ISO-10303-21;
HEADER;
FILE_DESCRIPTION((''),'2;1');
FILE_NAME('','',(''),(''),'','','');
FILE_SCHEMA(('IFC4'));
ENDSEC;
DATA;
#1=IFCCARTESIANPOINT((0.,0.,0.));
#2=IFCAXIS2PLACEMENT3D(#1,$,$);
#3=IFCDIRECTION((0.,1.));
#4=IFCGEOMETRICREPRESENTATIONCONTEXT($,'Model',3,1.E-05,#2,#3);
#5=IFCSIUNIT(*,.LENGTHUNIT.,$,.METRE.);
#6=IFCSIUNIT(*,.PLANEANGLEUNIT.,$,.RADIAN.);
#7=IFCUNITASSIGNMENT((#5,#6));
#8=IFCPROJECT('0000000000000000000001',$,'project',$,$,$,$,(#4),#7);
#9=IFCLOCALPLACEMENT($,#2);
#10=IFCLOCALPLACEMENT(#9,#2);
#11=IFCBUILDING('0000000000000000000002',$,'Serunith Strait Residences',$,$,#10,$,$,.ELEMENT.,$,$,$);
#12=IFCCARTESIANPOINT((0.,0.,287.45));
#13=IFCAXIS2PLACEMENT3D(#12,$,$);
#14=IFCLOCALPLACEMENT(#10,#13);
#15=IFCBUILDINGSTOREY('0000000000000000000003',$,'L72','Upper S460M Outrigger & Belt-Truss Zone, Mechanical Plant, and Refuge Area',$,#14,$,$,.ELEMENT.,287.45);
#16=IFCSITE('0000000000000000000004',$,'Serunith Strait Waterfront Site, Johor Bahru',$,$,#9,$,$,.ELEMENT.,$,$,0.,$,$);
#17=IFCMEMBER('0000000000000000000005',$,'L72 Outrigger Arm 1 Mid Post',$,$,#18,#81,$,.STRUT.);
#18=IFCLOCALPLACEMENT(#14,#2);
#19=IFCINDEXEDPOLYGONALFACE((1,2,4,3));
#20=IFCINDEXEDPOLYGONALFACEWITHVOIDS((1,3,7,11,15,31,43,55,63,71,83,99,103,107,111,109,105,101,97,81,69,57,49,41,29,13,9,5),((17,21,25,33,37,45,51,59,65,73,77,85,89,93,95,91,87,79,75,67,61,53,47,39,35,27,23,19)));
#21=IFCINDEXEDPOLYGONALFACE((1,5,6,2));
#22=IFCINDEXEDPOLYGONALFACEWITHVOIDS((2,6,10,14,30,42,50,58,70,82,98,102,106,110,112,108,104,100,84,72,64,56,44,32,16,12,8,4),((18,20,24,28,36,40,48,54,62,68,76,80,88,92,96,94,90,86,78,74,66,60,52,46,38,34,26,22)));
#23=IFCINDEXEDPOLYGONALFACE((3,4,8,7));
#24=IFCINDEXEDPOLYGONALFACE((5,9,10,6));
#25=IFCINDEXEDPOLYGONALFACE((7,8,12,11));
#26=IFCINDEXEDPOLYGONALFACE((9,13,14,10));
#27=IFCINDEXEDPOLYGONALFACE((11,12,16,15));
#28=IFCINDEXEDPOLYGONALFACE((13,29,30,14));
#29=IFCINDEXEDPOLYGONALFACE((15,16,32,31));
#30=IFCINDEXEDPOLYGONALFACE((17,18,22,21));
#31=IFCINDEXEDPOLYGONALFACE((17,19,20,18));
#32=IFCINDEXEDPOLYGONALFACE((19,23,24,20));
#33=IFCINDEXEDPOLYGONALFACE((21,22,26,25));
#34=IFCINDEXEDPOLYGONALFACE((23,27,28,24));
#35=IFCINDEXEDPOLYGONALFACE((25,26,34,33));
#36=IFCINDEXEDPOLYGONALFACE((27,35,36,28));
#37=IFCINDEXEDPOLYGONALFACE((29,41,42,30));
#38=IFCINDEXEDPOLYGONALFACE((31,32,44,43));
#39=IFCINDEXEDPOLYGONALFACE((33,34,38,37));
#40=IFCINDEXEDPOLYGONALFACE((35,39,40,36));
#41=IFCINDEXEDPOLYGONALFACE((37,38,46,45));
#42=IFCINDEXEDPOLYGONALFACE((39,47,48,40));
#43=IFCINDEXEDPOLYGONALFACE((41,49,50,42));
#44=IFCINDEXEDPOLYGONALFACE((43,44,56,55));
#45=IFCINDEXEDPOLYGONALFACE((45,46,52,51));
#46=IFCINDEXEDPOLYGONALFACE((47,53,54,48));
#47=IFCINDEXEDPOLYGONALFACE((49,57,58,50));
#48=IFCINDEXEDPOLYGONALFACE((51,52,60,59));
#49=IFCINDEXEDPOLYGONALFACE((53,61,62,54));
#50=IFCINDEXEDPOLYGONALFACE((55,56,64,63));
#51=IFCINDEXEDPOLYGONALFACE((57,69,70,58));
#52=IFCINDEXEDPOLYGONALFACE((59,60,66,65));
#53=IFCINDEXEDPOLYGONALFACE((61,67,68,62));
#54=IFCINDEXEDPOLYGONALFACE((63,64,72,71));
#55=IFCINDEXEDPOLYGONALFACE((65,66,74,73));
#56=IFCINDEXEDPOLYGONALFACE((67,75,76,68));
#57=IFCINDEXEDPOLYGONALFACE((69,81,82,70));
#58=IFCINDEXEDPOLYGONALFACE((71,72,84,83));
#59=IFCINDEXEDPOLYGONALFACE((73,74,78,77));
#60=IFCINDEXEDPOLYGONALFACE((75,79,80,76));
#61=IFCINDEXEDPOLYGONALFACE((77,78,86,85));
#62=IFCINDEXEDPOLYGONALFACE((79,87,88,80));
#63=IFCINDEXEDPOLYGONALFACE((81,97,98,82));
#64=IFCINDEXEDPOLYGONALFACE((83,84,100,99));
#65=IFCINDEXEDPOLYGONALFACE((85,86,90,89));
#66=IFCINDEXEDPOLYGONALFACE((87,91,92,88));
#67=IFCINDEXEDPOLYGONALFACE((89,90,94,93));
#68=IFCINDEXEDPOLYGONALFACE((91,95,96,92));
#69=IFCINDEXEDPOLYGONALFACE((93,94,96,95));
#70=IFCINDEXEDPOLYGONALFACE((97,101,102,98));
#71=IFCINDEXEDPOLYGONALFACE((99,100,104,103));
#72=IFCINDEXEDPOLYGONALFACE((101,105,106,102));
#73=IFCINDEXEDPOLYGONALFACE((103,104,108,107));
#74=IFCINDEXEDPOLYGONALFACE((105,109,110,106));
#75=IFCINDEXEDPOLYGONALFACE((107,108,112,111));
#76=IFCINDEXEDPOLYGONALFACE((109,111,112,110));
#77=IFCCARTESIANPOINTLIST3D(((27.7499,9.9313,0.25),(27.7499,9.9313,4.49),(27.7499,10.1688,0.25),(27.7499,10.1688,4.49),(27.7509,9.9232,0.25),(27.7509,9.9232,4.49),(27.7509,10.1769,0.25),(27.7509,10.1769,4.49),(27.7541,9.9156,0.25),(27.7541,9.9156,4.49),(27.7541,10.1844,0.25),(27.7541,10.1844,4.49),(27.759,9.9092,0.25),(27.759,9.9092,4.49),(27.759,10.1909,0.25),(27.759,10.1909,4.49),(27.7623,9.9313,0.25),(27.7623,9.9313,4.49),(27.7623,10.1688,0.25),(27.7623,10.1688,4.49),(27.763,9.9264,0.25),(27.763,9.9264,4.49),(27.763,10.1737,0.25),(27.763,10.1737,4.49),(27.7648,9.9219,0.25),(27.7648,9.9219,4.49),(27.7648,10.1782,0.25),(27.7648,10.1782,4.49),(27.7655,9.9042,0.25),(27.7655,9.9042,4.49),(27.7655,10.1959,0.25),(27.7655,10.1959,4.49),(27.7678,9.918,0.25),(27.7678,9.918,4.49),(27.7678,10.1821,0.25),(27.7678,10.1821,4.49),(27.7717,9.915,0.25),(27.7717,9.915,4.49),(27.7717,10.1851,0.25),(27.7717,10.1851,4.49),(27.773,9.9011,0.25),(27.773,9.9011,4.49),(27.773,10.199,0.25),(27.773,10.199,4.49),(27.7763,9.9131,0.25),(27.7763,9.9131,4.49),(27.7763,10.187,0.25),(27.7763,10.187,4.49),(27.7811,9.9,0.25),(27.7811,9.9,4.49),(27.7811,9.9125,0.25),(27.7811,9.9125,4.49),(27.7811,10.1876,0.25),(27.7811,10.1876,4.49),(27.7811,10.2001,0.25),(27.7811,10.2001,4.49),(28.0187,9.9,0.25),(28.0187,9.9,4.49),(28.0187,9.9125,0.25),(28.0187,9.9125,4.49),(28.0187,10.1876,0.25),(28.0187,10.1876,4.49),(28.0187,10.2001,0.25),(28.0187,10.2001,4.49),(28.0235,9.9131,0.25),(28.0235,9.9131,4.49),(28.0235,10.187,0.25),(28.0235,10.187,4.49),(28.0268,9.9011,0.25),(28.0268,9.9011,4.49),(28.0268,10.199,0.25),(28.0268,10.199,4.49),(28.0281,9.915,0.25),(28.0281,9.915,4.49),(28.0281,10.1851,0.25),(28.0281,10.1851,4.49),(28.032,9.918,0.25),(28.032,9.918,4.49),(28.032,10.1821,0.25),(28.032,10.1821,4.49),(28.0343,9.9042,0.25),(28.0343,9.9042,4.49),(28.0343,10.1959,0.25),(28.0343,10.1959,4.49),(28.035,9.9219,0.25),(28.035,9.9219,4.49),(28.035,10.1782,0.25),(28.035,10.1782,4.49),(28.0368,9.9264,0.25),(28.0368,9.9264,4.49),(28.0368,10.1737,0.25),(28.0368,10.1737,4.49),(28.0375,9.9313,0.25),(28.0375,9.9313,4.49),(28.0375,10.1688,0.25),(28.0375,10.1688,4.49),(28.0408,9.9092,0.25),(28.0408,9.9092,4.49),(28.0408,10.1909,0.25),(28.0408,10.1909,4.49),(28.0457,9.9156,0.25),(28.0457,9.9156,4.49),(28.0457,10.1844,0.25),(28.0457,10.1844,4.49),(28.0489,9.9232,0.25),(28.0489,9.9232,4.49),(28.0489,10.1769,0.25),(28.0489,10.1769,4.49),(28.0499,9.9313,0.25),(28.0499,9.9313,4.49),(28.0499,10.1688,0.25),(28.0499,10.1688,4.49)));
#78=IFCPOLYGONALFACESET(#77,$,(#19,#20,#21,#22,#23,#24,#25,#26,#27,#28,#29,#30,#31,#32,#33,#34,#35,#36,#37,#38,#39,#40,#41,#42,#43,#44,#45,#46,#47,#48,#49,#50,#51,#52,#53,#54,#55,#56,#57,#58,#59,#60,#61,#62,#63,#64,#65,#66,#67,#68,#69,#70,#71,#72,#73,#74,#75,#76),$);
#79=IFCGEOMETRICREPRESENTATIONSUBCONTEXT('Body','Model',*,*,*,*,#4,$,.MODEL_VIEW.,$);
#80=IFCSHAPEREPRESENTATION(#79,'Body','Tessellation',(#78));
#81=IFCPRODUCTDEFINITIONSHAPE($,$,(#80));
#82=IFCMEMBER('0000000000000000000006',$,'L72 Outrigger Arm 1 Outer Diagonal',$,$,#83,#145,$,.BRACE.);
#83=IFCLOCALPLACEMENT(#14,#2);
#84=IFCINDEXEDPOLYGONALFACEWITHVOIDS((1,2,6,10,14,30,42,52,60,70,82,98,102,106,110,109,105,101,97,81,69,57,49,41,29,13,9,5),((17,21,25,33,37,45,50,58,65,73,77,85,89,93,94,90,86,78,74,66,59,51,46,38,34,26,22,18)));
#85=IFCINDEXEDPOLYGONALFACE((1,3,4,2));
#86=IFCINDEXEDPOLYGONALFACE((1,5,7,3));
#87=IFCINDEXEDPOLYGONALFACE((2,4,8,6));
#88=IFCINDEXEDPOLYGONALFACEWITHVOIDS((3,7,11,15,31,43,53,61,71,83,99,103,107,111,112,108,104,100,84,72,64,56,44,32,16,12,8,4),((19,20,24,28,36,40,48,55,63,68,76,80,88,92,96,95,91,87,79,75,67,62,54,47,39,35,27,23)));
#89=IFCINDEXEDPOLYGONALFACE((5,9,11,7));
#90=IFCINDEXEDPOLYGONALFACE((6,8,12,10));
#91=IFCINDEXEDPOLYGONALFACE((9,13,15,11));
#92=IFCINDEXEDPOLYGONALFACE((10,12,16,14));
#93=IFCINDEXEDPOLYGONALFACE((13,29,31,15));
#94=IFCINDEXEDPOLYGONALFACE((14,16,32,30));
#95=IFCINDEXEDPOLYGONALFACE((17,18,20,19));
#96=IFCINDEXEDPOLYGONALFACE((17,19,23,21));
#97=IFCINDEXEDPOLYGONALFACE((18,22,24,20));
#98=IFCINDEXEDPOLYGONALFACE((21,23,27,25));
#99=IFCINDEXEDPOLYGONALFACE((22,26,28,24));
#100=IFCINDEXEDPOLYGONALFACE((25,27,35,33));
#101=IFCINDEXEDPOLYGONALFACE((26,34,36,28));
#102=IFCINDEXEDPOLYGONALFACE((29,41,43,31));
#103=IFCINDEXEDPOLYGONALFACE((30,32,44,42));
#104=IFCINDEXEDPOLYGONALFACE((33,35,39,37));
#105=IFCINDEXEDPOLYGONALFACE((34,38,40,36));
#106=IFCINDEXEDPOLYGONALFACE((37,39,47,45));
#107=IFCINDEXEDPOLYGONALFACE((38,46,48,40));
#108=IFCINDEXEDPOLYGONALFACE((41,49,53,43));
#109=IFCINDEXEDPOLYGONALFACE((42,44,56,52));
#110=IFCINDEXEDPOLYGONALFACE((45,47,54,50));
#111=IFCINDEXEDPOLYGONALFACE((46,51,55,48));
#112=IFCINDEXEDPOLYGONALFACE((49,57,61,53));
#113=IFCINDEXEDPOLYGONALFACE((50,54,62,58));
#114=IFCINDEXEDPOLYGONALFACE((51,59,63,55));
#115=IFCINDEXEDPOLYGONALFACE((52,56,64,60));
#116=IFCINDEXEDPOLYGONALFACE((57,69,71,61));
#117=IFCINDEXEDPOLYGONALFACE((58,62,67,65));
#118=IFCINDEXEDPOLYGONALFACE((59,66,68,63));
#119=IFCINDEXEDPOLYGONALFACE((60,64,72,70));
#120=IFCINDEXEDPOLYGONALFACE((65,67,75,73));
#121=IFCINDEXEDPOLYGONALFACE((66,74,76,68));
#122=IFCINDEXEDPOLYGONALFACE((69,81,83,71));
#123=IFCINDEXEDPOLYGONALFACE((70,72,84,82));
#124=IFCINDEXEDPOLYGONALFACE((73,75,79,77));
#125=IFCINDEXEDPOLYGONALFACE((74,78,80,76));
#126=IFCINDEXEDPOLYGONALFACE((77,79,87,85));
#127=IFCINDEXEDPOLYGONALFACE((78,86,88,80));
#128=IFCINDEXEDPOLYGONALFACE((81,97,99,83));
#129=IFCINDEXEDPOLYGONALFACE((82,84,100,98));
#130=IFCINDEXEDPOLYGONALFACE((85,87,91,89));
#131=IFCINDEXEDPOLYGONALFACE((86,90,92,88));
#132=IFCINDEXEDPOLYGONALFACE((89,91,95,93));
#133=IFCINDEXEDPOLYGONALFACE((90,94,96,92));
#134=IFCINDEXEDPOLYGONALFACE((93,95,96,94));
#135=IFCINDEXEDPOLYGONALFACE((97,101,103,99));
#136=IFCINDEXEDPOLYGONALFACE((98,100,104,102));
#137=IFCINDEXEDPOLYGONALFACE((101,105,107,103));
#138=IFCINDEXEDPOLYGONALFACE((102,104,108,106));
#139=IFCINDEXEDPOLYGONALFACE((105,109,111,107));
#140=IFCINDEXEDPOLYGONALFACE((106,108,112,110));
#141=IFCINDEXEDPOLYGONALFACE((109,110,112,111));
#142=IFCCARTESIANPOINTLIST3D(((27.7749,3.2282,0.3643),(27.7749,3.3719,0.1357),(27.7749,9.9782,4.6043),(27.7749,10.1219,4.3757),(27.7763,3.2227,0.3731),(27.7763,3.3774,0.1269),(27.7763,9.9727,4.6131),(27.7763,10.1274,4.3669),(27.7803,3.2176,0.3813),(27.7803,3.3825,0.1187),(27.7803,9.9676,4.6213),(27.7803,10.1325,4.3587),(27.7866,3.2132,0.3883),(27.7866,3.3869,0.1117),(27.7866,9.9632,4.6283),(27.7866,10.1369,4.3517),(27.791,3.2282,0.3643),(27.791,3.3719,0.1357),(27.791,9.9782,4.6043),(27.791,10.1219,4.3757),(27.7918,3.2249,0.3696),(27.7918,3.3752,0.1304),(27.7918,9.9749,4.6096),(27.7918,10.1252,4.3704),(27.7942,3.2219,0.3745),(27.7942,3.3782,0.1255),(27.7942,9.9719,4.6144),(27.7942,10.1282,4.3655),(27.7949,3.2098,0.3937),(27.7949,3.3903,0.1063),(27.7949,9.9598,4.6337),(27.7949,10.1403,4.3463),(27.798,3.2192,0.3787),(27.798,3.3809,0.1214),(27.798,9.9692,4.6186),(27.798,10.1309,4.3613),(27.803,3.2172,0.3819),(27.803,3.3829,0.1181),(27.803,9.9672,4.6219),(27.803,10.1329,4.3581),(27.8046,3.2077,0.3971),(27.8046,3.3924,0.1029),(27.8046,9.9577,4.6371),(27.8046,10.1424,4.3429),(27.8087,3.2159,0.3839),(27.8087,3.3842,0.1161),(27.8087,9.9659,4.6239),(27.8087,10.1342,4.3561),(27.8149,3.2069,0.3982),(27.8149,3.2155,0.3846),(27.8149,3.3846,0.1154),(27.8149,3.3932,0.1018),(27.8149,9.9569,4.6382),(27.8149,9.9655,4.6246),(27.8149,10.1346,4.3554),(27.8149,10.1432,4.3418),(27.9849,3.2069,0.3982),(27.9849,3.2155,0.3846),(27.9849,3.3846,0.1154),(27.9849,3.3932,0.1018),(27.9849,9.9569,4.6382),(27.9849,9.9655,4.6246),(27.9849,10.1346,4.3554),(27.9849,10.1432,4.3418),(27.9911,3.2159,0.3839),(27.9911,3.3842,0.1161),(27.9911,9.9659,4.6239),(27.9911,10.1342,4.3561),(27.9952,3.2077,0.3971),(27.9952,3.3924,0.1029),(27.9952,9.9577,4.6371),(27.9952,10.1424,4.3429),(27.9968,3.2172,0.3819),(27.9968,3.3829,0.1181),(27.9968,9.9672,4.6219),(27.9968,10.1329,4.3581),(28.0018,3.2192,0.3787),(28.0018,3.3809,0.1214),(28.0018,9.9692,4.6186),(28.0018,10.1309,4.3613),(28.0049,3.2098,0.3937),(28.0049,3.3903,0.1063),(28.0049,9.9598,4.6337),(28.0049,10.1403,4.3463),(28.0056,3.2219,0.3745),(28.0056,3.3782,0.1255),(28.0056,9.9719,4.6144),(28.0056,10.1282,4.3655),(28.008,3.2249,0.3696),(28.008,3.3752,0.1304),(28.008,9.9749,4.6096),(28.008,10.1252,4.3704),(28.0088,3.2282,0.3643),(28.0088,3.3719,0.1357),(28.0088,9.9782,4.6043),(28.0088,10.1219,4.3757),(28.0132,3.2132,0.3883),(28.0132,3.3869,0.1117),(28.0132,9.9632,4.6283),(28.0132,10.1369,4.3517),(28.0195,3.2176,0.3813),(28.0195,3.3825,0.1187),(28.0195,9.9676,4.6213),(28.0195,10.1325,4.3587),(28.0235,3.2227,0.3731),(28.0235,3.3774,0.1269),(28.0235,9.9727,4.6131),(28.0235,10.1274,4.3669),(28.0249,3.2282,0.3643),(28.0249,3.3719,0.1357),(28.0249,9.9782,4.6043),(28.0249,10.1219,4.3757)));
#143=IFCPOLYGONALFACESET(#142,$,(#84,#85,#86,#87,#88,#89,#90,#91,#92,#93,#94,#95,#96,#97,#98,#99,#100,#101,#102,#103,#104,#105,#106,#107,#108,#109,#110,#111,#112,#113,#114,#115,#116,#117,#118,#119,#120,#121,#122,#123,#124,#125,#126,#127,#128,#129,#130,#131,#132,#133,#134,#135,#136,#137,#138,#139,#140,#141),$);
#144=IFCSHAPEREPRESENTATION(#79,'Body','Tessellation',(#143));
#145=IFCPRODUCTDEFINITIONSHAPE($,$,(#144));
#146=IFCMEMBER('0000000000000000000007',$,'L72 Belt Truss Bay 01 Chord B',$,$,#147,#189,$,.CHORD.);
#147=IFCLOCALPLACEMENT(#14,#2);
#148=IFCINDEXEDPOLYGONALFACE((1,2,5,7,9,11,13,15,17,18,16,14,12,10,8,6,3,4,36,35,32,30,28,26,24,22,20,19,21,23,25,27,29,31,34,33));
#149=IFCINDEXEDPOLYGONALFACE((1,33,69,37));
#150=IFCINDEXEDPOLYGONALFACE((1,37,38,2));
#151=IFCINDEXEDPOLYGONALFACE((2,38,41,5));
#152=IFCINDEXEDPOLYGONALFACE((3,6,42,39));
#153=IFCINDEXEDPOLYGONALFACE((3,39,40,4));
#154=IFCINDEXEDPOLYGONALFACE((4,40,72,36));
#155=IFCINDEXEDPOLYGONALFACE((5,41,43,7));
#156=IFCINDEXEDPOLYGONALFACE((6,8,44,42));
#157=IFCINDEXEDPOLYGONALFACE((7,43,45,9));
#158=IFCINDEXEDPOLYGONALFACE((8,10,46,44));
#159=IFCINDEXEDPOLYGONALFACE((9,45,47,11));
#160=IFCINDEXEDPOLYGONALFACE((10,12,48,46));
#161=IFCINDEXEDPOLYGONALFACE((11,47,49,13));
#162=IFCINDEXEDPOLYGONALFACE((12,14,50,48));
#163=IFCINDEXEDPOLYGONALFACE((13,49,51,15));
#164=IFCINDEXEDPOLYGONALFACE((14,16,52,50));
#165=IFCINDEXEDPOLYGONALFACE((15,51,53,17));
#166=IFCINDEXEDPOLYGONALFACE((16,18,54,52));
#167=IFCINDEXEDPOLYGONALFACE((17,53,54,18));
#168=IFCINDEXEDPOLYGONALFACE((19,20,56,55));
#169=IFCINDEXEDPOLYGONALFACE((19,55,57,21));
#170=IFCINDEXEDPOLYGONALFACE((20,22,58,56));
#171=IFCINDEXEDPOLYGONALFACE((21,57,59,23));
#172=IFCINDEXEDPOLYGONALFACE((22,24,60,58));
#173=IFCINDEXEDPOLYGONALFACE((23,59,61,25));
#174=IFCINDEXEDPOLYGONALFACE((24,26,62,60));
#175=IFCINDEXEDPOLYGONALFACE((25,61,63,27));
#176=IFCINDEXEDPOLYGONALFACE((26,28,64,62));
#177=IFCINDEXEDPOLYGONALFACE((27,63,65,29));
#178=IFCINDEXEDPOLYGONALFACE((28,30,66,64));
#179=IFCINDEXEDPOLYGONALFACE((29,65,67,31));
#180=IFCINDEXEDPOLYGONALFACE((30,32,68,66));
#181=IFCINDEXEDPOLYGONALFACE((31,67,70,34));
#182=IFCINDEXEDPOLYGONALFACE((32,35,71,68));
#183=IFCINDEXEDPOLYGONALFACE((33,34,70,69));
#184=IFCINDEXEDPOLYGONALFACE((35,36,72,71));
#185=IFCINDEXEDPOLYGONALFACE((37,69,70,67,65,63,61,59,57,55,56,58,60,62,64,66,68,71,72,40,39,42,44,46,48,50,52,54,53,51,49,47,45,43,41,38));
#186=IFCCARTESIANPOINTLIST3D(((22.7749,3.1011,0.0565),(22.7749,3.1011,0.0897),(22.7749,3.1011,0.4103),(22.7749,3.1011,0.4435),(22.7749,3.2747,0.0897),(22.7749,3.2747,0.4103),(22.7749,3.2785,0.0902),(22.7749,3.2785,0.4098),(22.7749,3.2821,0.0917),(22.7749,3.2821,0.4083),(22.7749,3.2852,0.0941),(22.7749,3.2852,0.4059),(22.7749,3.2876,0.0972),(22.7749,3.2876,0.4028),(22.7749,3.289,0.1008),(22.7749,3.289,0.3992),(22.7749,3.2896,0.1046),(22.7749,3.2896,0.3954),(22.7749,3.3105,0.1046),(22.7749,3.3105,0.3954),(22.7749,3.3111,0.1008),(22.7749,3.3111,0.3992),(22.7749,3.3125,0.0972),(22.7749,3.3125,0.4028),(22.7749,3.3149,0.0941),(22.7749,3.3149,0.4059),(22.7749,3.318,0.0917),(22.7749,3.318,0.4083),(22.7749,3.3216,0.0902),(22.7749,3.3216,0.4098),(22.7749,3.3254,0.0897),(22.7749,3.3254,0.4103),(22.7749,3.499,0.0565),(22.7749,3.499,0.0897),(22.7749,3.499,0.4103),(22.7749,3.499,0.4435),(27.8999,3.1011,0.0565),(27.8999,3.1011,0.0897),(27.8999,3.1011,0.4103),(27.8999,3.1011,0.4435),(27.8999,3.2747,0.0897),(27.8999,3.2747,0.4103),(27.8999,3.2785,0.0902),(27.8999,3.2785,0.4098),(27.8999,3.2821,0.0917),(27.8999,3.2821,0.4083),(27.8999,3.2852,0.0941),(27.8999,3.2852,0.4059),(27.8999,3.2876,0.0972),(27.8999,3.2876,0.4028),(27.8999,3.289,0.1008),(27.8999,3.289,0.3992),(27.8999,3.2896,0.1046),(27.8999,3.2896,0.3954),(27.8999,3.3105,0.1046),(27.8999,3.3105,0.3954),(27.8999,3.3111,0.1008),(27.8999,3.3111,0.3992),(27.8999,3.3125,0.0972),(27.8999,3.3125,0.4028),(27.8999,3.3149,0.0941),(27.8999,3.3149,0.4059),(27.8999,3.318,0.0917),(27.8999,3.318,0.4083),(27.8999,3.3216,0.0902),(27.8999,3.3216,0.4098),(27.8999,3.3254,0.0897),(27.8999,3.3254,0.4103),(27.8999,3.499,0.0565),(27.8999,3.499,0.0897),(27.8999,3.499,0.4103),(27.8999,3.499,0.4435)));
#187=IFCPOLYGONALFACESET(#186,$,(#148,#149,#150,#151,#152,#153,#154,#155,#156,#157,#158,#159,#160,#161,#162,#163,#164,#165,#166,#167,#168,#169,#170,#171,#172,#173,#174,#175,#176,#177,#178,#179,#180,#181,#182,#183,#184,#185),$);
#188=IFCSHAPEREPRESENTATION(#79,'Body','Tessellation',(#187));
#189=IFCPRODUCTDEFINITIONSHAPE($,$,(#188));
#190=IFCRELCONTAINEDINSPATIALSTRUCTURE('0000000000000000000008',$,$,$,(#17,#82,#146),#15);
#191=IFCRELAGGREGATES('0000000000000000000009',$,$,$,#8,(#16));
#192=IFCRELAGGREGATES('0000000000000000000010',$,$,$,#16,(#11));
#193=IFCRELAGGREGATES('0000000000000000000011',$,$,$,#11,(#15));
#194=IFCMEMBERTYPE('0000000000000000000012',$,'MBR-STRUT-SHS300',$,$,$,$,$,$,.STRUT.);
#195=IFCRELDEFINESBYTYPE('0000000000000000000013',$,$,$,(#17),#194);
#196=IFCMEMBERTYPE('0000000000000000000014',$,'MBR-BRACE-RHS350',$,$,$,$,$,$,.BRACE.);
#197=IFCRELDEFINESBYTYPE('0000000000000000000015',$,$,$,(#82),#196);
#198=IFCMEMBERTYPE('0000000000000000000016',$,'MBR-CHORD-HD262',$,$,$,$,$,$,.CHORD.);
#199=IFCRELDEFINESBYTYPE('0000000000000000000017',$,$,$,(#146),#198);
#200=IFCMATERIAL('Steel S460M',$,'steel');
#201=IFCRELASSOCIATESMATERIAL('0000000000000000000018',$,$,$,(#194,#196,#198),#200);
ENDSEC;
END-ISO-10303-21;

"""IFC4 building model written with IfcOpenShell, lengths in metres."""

from ifc_helpers import new_model, si_unit, direction, frame, origin, origin_2d, place, context, subcontext, project, spatial, hollow_rectangle, i_section, extrude, source, transform, mapped, material, material_profile, profile_set, type_object, element, save


model = new_model("IFC4")

# Units and contexts
model_context = context("Model", 3, precision=1e-05, world=origin(), true_north=direction((0.0, 1.0)))
body_context = subcontext(model_context, "Body", "Model", "MODEL_VIEW")
ifc_project = project(units=[si_unit("LENGTHUNIT", "METRE"), si_unit("PLANEANGLEUNIT", "RADIAN")], contexts=[model_context])

# Site, building, storey
site_placement = place(None, origin())
site = spatial("IfcSite", under=ifc_project, at=site_placement, Name="Serunith Strait Waterfront Site, Johor Bahru", CompositionType="ELEMENT", RefElevation=0.0)
building_placement = place(site_placement, origin())
building = spatial("IfcBuilding", under=site, at=building_placement, Name="Serunith Strait Residences", CompositionType="ELEMENT")
storey_placement = place(building_placement, frame((0.0, 0.0, 287.45)))
storey = spatial("IfcBuildingStorey", under=building, at=storey_placement, Name="L72", Description="Upper S460M Outrigger & Belt-Truss Zone, Mechanical Plant, and Refuge Area", CompositionType="ELEMENT", Elevation=287.45)

# Members
ifc_material_1 = material(Name="Steel S460M", Category="steel")
ifc_material_profile_1 = material_profile(ifc_material_1, hollow_rectangle(XDim=0.3, YDim=0.3, WallThickness=0.0125, InnerFilletRadius=0.0188, OuterFilletRadius=0.0312, at=origin_2d()), Name="SHS 300x300x12.5")
ifc_profile_set_1 = profile_set([ifc_material_profile_1], Name="Steel S460M")
member_type_1 = type_object("IfcMemberType", Name="MBR-STRUT-SHS300", PredefinedType="STRUT", material=ifc_profile_set_1)
shared_shape_1 = source(origin(), body_context, "Body", "SweptSolid", [
    extrude(hollow_rectangle(XDim=0.3, YDim=0.3, WallThickness=0.0125, InnerFilletRadius=0.0188, OuterFilletRadius=0.0312, at=origin_2d()), origin(), (0.0, 0.0, 1.0), 4.24),
])
member_1_placement = place(storey_placement, frame((27.8999, 10.05, 0.25), z_axis=(0.0, 0.0, 1.0), x_axis=(1.0, 0.0, 0.0)))
element("IfcMember", 1, at=member_1_placement, inside=storey, type_object=member_type_1, Name="L72 Outrigger Arm 1 Mid Post", PredefinedType="STRUT", context=body_context, shape_type="MappedRepresentation", body=[
    mapped(shared_shape_1, transform((0.0, 0.0, 0.0), scale=1.0)),
])
ifc_material_profile_2 = material_profile(ifc_material_1, hollow_rectangle(XDim=0.25, YDim=0.3501, WallThickness=0.0161, InnerFilletRadius=0.0239, OuterFilletRadius=0.04, at=origin_2d()), Name="RHS 350x250x16")
ifc_profile_set_2 = profile_set([ifc_material_profile_2], Name="Steel S460M")
member_type_2 = type_object("IfcMemberType", Name="MBR-BRACE-RHS350", PredefinedType="BRACE", material=ifc_profile_set_2)
shared_shape_2 = source(origin(), body_context, "Body", "SweptSolid", [
    extrude(hollow_rectangle(XDim=0.25, YDim=0.3501, WallThickness=0.0161, InnerFilletRadius=0.0239, OuterFilletRadius=0.04, at=origin_2d()), origin(), (0.0, 0.0, 1.0), 7.9712),
])
member_2_placement = place(storey_placement, frame((27.8999, 10.05, 4.49), z_axis=(0.0, -0.846799, -0.531914), x_axis=(1.0, 0.0, 0.0)))
element("IfcMember", 2, at=member_2_placement, inside=storey, type_object=member_type_2, Name="L72 Outrigger Arm 1 Outer Diagonal", PredefinedType="BRACE", context=body_context, shape_type="MappedRepresentation", body=[
    mapped(shared_shape_2, transform((0.0, 0.0, 0.0), scale=1.0)),
])
ifc_material_profile_3 = material_profile(ifc_material_1, i_section(OverallWidth=0.3979, OverallDepth=0.387, WebThickness=0.021, FlangeThickness=0.0332, FilletRadius=0.0149, at=origin_2d()), Name="HD 400x262")
ifc_profile_set_3 = profile_set([ifc_material_profile_3], Name="Steel S460M")
member_type_3 = type_object("IfcMemberType", Name="MBR-CHORD-HD262", PredefinedType="CHORD", material=ifc_profile_set_3)
shared_shape_3 = source(origin(), body_context, "Body", "SweptSolid", [
    extrude(i_section(OverallWidth=0.3979, OverallDepth=0.387, WebThickness=0.021, FlangeThickness=0.0332, FilletRadius=0.0149, at=origin_2d()), origin(), (0.0, 0.0, 1.0), 5.125),
])
member_3_placement = place(storey_placement, frame((22.7749, 3.3, 0.25), z_axis=(1.0, 0.0, 0.0), x_axis=(0.0, 1.0, 0.0)))
element("IfcMember", 3, at=member_3_placement, inside=storey, type_object=member_type_3, Name="L72 Belt Truss Bay 01 Chord B", PredefinedType="CHORD", context=body_context, shape_type="MappedRepresentation", body=[
    mapped(shared_shape_3, transform((0.0, 0.0, 0.0), scale=1.0)),
])

save(model, "model.ifc")
